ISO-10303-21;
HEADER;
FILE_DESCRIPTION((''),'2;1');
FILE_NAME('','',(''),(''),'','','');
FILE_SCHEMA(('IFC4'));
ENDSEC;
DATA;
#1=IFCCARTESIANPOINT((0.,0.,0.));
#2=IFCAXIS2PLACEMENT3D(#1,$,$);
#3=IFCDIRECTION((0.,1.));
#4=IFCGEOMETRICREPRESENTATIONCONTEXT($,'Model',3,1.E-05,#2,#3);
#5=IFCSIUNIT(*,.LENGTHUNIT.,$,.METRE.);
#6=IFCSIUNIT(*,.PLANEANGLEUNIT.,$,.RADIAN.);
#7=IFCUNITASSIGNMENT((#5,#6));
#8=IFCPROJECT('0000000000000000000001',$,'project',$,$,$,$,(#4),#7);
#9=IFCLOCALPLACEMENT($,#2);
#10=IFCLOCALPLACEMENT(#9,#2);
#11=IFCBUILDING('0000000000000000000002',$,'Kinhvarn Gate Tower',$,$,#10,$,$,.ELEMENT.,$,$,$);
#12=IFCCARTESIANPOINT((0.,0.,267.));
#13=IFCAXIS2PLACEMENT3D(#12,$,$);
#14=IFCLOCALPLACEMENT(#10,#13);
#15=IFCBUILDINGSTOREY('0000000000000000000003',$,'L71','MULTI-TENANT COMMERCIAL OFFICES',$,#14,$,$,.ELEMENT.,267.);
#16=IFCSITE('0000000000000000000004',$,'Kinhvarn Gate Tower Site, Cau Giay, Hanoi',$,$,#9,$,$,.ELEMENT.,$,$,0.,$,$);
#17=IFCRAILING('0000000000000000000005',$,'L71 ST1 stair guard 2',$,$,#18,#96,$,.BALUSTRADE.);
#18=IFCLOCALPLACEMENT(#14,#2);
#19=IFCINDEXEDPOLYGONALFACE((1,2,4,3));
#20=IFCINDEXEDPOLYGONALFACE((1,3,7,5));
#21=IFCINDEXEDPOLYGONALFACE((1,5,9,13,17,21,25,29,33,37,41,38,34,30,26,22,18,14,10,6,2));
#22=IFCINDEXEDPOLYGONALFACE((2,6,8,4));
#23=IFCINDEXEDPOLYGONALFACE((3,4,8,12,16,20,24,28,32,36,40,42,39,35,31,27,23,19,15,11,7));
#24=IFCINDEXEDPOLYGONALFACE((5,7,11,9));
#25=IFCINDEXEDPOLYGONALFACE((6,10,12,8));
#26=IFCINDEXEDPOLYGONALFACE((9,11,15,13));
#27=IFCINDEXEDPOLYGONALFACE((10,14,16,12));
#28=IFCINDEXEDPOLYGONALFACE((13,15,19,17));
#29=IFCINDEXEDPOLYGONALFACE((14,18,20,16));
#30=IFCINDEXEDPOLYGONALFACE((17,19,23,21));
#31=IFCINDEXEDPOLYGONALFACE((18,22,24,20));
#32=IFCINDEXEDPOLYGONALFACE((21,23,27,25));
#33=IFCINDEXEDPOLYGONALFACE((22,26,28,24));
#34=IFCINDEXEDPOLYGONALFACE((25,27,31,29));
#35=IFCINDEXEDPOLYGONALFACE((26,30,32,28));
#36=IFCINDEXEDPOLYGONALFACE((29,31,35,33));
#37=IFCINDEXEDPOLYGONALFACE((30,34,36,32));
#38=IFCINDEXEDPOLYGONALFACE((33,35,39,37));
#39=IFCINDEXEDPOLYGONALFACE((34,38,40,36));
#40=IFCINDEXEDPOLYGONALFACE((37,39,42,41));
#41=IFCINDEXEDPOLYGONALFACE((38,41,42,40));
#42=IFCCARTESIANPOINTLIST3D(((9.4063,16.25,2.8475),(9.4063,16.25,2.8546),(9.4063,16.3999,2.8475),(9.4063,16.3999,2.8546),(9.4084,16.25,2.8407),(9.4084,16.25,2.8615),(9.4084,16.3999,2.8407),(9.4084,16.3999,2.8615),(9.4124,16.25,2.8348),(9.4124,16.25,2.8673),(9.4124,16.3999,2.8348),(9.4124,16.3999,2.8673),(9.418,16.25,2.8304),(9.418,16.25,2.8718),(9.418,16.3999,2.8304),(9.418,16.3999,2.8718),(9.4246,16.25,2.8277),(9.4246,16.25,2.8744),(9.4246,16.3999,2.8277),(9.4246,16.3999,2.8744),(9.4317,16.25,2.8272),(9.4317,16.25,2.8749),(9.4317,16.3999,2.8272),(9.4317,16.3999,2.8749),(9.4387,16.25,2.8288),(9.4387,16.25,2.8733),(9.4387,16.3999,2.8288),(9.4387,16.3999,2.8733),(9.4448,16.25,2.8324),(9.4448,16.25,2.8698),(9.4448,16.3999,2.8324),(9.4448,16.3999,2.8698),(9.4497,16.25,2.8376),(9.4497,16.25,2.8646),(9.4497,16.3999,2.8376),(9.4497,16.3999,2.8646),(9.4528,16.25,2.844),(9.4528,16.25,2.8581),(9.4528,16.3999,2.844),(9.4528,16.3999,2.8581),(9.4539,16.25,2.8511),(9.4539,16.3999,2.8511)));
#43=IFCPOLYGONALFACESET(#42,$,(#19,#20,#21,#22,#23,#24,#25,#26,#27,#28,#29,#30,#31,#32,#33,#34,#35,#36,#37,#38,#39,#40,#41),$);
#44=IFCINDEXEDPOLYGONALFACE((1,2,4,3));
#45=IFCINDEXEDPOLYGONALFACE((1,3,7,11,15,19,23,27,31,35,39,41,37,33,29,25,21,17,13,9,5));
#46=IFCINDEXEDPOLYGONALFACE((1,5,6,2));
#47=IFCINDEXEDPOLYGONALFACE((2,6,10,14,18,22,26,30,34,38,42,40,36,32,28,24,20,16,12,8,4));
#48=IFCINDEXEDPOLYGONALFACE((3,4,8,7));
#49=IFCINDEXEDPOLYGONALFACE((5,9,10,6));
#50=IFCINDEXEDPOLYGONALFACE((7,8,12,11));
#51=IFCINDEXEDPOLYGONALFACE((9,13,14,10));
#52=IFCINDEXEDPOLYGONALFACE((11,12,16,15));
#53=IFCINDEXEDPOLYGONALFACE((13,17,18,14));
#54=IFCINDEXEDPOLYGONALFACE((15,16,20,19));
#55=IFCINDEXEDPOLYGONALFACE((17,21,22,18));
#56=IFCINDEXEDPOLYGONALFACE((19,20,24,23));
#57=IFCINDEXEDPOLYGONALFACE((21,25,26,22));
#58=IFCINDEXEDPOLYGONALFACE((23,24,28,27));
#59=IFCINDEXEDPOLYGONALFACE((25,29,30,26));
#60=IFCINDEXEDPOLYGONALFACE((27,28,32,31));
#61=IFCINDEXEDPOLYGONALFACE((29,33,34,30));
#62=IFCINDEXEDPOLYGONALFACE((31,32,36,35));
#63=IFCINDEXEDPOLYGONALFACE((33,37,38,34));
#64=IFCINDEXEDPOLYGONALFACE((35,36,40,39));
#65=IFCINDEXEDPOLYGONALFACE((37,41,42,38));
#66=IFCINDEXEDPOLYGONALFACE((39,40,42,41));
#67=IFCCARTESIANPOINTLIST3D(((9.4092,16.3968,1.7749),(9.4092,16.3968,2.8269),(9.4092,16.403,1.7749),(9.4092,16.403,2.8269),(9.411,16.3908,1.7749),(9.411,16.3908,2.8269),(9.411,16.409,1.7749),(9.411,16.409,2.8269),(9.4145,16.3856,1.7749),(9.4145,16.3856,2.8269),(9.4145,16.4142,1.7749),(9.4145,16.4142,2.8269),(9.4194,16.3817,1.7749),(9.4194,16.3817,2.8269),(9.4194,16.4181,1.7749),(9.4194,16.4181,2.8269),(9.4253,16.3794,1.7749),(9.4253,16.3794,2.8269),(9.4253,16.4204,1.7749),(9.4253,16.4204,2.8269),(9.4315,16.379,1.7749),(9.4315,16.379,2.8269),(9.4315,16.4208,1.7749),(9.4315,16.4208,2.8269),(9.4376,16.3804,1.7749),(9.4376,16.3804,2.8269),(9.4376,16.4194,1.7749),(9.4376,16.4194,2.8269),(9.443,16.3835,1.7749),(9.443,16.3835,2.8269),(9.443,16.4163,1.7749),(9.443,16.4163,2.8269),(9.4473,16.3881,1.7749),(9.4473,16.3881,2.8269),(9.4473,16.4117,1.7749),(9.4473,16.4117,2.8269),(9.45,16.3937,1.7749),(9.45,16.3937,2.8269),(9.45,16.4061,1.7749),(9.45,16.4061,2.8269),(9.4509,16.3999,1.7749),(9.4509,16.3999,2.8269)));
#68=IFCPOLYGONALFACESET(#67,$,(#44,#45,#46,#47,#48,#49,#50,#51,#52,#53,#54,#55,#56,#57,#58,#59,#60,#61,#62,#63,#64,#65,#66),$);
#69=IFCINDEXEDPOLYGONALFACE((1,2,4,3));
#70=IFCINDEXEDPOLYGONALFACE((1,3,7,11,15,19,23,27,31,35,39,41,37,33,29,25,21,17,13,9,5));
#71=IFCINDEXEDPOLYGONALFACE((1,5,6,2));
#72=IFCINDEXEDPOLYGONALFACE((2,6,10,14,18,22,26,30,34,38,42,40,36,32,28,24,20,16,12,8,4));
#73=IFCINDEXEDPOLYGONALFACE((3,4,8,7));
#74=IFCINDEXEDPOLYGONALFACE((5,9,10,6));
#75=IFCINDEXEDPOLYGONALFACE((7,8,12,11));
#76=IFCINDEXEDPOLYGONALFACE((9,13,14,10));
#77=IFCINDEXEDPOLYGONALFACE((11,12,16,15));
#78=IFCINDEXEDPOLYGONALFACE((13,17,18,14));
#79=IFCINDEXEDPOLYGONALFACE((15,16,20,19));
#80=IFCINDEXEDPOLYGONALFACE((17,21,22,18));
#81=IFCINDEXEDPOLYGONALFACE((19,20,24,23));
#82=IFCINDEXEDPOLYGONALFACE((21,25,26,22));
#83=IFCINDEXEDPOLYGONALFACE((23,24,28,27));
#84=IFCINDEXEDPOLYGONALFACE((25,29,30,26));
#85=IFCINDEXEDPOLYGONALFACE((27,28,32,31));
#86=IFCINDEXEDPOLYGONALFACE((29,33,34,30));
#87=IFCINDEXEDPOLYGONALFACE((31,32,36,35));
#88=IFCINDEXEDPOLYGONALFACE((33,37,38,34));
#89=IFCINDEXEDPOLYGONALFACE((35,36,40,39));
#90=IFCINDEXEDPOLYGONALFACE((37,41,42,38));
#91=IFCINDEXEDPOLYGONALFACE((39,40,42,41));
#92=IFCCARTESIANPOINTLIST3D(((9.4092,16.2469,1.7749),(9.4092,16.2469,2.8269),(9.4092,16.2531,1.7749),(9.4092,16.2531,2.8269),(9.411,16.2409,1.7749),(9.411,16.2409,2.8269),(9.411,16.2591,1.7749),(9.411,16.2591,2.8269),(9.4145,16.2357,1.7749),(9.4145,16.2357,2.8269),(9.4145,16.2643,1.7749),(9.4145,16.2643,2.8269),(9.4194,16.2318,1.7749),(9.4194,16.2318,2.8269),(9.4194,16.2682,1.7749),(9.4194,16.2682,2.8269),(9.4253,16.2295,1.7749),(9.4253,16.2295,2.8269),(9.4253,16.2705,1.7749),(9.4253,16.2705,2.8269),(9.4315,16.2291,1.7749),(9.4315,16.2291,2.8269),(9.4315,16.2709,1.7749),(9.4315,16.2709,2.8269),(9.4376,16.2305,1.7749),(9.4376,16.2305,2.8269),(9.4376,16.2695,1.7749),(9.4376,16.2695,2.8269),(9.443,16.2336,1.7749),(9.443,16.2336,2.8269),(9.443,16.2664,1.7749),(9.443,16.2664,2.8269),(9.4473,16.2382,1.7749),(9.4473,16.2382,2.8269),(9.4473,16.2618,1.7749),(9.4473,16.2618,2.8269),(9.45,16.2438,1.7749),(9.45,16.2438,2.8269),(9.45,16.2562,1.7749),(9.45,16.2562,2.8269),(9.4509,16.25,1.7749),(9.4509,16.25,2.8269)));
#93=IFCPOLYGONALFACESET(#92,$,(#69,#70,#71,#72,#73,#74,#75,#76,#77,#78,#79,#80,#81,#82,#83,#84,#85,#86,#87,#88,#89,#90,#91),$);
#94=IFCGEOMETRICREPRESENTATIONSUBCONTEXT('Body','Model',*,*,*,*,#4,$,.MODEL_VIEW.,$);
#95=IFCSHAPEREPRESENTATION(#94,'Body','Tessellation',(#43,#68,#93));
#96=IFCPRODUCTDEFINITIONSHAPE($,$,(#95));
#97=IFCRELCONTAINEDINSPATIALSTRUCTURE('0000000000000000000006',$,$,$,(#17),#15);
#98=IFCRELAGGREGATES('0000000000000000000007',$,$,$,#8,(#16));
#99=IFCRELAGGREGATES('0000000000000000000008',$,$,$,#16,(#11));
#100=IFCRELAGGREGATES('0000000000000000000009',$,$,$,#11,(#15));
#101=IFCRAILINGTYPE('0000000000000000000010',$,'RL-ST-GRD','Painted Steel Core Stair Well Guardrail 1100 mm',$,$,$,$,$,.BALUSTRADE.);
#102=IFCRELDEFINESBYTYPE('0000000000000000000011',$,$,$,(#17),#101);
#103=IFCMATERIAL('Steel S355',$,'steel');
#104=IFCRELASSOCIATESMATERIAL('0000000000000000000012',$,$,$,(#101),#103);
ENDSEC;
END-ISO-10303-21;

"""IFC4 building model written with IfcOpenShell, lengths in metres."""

from ifc_helpers import new_model, si_unit, direction, frame, origin, origin_2d, place, context, subcontext, project, spatial, circle, extrude, material, type_object, element, save


model = new_model("IFC4")

# Units and contexts
model_context = context("Model", 3, precision=1e-05, world=origin(), true_north=direction((0.0, 1.0)))
body_context = subcontext(model_context, "Body", "Model", "MODEL_VIEW")
ifc_project = project(units=[si_unit("LENGTHUNIT", "METRE"), si_unit("PLANEANGLEUNIT", "RADIAN")], contexts=[model_context])

# Site, building, storey
site_placement = place(None, origin())
site = spatial("IfcSite", under=ifc_project, at=site_placement, Name="Kinhvarn Gate Tower Site, Cau Giay, Hanoi", CompositionType="ELEMENT", RefElevation=0.0)
building_placement = place(site_placement, origin())
building = spatial("IfcBuilding", under=site, at=building_placement, Name="Kinhvarn Gate Tower", CompositionType="ELEMENT")
storey_placement = place(building_placement, frame((0.0, 0.0, 267.0)))
storey = spatial("IfcBuildingStorey", under=building, at=storey_placement, Name="L71", Description="MULTI-TENANT COMMERCIAL OFFICES", CompositionType="ELEMENT", Elevation=267.0)

# Shared definitions
ifc_material_1 = material(Name="Steel S355", Category="steel")

# Railing
railing_type_1 = type_object("IfcRailingType", Name="RL-ST-GRD", Description="Painted Steel Core Stair Well Guardrail 1100 mm", PredefinedType="BALUSTRADE", material=ifc_material_1)
railing_1_placement = place(storey_placement, frame((9.4299, 16.3999, 1.7749)))
element("IfcRailing", 1, at=railing_1_placement, inside=storey, type_object=railing_type_1, Name="L71 ST1 stair guard 2", PredefinedType="BALUSTRADE", context=body_context, shape_type="SweptSolid", body=[
    extrude(circle(Radius=0.0239, at=origin_2d()), frame((0.0, 0.0, 1.0762), z_axis=(0.0, -1.0, 0.0), x_axis=(1.0, 0.0, 0.0)), (0.0, 0.0, 1.0), 0.1499),
    extrude(circle(Radius=0.021, at=origin_2d()), origin(), (0.0, 0.0, 1.0), 1.052),
    extrude(circle(Radius=0.021, at=origin_2d()), frame((0.0, -0.1499, 0.0)), (0.0, 0.0, 1.0), 1.052),
])

save(model, "model.ifc")
